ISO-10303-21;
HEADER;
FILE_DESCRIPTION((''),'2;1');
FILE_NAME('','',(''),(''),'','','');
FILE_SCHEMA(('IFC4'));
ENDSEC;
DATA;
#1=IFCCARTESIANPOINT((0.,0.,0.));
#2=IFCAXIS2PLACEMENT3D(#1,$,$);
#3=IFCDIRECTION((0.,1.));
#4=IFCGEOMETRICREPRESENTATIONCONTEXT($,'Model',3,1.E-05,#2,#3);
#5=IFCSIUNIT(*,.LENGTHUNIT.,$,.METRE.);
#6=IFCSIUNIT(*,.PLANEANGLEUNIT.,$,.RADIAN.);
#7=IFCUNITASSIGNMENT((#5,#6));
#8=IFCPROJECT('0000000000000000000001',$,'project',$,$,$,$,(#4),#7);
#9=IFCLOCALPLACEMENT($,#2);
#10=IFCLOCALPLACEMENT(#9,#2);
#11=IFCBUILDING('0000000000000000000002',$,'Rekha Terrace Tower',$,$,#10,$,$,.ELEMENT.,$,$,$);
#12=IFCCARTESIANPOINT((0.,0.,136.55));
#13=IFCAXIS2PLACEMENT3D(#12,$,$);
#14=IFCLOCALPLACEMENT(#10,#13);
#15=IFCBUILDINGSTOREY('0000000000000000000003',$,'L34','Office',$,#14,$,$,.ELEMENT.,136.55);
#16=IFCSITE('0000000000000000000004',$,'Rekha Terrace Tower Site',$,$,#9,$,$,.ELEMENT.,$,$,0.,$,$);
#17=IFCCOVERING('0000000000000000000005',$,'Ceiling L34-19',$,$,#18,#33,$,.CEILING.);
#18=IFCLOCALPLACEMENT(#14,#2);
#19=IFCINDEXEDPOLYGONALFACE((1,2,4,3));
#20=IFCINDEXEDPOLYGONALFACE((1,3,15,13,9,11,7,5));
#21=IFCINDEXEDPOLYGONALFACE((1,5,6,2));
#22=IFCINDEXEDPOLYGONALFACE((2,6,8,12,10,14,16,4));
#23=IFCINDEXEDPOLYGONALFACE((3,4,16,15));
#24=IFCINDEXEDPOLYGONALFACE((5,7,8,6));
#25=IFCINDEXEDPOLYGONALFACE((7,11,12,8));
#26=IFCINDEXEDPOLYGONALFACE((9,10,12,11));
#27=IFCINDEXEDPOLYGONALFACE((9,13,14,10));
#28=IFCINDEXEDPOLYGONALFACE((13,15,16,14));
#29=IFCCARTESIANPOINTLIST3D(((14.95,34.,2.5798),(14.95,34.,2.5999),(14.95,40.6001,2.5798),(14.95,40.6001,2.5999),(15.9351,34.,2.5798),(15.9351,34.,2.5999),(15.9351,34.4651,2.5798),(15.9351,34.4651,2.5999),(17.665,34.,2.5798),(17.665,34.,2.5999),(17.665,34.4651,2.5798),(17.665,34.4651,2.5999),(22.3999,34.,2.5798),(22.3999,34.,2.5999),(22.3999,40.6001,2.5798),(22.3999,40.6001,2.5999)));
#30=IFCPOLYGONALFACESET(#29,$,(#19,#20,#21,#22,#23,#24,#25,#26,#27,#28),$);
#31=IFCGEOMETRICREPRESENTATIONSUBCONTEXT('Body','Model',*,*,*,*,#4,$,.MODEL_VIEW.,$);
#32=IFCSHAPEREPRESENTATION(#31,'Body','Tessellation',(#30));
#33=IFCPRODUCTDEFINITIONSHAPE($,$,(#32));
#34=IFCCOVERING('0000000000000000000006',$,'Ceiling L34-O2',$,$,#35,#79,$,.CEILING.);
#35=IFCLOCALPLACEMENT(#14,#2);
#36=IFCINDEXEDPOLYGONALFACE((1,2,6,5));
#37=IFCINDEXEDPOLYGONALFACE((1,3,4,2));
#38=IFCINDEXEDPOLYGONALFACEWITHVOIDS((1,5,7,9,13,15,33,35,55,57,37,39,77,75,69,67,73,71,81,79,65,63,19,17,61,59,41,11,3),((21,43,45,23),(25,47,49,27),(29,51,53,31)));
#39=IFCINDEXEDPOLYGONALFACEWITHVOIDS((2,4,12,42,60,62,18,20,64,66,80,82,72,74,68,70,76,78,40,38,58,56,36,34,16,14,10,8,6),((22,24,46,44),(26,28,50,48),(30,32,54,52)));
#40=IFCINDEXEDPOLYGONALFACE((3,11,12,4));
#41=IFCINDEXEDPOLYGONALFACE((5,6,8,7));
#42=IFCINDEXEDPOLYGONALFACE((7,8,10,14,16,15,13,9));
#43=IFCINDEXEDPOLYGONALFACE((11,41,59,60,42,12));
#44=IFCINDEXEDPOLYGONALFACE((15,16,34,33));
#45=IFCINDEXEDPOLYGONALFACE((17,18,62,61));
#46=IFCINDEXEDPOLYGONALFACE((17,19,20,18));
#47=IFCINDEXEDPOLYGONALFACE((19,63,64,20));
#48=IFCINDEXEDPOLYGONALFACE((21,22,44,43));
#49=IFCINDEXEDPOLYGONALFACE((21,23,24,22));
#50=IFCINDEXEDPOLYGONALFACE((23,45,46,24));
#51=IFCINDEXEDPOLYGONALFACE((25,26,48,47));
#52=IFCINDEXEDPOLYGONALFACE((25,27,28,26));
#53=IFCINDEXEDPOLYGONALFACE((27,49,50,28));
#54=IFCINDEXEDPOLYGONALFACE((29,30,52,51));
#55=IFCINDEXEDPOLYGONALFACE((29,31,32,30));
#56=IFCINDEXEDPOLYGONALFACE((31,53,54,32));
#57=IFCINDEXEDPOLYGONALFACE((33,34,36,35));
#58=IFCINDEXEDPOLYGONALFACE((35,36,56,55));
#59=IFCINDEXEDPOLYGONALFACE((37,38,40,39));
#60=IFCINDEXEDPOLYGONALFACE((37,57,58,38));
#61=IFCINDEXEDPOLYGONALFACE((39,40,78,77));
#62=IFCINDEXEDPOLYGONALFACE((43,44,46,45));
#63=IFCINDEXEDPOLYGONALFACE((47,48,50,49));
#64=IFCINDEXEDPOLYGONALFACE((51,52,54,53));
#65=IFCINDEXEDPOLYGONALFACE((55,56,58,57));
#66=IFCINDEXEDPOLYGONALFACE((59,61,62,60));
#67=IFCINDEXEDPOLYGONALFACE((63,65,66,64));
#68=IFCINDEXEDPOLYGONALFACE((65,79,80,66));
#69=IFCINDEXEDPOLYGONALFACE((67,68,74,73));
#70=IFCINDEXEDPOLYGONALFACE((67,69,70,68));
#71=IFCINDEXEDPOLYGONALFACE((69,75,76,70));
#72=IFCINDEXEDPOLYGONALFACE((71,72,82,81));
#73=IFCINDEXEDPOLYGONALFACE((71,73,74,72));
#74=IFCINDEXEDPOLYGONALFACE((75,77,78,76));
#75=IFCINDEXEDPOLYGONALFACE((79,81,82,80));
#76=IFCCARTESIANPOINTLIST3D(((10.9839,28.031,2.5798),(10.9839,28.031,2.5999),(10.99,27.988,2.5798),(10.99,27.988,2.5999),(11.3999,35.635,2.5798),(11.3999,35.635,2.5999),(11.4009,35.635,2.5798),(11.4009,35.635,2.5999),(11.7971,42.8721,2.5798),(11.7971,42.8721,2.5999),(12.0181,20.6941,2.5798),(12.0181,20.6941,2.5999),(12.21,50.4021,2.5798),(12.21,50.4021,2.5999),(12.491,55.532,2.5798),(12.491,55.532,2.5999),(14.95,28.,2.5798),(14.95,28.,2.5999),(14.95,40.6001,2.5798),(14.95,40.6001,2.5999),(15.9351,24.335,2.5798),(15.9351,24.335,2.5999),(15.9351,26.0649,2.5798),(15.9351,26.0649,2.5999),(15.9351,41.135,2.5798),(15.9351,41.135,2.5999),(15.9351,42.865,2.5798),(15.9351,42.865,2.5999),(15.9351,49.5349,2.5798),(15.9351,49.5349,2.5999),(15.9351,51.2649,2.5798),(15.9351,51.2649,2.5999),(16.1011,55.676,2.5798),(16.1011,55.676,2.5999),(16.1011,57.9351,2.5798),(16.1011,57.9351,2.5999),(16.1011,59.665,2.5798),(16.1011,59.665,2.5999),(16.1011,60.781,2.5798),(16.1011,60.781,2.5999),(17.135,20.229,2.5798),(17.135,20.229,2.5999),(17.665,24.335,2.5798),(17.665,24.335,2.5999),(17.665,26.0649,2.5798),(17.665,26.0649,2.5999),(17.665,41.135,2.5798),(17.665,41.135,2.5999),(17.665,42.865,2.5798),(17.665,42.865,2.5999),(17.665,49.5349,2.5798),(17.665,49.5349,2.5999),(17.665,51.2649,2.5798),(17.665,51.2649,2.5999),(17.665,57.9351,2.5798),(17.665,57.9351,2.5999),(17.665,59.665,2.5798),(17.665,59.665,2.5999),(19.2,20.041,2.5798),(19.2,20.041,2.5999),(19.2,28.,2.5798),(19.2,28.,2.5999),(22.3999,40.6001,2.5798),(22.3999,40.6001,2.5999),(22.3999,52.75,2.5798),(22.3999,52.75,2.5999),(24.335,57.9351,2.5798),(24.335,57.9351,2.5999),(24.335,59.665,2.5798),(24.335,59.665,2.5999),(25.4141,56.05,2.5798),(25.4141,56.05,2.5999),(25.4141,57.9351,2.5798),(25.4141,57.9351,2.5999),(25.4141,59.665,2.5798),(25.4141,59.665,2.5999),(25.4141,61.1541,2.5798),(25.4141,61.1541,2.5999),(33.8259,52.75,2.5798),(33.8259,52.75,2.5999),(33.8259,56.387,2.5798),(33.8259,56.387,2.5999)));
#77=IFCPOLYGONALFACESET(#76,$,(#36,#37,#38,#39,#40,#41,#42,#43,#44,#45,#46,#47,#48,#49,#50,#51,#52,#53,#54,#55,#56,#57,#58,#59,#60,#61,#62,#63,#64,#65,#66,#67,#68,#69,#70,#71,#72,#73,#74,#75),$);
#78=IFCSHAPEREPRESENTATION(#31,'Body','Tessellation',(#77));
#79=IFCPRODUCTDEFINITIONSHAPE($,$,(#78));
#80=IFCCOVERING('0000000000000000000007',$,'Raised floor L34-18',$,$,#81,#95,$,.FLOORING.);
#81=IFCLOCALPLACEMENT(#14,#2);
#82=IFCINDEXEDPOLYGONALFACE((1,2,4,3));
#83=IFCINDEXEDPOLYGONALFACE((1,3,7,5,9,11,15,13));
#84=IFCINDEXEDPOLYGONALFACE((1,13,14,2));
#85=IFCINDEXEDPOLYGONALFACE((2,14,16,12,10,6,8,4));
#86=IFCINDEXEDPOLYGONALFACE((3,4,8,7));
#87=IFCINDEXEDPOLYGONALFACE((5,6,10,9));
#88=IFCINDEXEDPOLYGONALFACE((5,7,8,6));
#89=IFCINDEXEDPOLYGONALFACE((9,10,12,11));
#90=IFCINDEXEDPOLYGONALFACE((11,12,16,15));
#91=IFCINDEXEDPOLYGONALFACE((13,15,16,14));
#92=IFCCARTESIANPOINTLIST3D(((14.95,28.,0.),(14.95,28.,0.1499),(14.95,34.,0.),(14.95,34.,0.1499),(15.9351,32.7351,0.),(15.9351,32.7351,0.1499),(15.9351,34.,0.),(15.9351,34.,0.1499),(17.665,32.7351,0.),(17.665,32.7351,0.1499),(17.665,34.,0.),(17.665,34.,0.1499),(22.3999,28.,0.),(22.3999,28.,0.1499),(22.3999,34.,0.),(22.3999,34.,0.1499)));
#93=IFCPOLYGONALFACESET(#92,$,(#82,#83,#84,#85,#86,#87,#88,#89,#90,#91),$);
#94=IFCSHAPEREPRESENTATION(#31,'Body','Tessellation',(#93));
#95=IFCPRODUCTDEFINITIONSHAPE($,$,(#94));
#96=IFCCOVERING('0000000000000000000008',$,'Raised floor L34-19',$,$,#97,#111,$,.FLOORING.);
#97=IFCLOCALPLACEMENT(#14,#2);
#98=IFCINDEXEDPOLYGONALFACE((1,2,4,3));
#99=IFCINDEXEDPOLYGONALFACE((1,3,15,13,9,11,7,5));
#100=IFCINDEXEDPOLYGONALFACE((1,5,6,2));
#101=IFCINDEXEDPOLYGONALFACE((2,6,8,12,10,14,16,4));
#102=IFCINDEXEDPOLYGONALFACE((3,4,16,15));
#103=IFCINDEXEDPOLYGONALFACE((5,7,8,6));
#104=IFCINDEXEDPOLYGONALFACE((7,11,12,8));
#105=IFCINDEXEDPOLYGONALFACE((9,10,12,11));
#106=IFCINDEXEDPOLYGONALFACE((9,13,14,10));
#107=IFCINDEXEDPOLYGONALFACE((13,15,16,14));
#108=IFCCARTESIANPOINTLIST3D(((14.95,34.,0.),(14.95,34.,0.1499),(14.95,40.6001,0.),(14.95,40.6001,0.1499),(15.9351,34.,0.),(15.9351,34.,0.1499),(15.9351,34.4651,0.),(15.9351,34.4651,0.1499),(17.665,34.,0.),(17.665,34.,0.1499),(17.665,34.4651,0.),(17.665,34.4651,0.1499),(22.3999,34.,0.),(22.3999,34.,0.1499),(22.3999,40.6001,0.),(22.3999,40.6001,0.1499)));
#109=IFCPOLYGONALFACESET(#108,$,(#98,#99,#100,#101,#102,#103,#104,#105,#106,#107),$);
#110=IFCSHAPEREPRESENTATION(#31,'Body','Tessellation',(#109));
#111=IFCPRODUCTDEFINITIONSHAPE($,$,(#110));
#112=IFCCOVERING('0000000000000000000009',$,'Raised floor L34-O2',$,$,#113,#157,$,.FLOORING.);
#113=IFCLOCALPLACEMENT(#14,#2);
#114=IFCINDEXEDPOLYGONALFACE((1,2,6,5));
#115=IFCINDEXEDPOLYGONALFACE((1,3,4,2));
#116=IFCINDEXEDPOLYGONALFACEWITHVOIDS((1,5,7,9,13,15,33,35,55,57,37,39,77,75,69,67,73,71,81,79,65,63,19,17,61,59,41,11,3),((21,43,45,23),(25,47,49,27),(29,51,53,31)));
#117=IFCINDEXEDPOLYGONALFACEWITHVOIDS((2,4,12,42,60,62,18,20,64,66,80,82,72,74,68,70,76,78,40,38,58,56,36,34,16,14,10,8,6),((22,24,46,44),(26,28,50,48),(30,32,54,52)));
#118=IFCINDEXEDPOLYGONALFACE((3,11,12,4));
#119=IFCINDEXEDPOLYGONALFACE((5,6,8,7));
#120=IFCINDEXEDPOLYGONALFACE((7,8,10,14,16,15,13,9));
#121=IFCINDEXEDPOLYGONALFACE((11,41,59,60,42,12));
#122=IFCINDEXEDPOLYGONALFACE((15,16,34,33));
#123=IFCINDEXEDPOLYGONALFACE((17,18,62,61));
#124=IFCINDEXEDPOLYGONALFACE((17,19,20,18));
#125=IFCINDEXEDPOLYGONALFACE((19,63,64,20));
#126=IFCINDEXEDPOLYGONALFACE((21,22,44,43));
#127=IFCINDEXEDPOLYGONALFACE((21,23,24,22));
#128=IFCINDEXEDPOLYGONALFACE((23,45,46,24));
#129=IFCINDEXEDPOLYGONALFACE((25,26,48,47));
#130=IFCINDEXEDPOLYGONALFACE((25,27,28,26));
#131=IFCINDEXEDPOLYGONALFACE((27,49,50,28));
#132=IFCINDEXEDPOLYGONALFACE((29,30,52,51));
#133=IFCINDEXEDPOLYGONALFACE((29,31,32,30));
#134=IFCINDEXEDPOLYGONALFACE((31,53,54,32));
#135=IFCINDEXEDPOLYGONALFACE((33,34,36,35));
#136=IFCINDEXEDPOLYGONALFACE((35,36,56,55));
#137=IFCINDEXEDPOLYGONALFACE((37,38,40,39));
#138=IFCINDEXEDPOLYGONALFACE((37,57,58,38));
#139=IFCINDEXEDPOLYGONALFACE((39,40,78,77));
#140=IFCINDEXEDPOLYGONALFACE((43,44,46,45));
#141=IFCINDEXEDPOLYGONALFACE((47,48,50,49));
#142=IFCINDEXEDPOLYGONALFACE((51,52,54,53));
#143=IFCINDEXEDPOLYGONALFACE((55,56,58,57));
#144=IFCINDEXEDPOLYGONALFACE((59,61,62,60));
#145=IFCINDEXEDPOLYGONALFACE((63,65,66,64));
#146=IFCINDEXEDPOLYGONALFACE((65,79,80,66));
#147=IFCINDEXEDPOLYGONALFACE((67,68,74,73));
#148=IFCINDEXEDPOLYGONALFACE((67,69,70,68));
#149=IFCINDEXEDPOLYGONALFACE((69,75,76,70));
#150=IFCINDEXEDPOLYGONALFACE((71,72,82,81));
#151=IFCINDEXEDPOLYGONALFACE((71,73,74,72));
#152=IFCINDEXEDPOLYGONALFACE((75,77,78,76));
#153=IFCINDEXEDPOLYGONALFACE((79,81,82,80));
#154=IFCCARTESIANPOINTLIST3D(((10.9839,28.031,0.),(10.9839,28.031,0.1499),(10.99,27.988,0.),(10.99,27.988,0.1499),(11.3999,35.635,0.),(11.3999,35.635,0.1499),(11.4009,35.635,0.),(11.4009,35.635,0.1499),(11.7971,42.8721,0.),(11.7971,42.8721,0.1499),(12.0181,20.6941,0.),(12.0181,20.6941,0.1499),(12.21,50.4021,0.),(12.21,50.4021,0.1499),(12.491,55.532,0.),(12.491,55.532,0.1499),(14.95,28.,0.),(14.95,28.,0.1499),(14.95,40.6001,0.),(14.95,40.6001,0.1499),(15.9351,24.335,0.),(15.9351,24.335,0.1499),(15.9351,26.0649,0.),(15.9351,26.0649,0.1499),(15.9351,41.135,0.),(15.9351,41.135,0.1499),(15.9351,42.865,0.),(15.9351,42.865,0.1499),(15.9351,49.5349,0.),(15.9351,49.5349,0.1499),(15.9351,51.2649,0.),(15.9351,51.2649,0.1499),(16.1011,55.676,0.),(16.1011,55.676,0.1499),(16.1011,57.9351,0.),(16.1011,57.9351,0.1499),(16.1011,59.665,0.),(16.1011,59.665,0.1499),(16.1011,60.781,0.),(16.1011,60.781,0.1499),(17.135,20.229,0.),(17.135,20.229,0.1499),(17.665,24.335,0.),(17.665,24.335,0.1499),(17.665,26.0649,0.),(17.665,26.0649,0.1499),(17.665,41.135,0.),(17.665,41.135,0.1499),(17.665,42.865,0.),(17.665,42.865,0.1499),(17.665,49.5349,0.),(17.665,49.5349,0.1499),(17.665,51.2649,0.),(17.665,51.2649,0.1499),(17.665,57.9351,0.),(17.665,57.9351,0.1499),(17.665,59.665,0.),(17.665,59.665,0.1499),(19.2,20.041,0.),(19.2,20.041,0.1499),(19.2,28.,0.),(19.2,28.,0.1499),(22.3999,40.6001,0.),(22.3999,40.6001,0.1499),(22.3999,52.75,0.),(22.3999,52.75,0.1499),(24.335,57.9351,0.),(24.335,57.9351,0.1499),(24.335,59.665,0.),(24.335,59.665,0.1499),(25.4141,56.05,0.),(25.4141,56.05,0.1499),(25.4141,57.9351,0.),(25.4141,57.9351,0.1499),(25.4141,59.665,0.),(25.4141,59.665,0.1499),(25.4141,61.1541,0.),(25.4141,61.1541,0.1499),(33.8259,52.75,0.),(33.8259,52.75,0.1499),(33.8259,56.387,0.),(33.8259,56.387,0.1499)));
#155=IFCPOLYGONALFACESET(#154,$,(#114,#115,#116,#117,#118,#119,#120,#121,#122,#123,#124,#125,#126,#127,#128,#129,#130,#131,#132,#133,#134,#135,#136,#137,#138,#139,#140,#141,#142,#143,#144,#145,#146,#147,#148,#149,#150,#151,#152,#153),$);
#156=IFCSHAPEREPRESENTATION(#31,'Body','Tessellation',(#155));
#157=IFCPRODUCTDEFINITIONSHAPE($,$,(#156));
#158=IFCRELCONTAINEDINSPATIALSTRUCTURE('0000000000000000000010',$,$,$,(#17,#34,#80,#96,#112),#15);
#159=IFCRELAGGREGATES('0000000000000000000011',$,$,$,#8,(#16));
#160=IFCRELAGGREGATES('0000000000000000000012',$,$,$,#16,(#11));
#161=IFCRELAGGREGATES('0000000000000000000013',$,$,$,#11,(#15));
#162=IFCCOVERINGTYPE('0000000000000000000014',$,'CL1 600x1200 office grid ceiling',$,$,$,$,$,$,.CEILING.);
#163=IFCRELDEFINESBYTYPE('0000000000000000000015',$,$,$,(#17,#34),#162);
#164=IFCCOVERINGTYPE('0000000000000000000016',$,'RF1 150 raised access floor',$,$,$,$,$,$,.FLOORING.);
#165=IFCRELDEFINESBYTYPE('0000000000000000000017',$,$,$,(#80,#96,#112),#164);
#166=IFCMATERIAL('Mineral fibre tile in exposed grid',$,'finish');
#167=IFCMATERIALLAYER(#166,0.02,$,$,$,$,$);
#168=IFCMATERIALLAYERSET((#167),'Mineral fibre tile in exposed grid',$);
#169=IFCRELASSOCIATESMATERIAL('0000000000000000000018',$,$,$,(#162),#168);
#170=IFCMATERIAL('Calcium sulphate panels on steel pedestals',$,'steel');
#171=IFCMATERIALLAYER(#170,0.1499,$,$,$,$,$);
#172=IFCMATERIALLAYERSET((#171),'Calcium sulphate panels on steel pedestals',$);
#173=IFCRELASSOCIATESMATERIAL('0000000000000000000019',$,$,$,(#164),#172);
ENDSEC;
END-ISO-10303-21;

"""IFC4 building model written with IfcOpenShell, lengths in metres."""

from ifc_helpers import new_model, si_unit, direction, frame, origin, place, context, subcontext, project, spatial, polyline, outline, extrude, material, layer, layer_set, type_object, element, save


model = new_model("IFC4")

# Units and contexts
model_context = context("Model", 3, precision=1e-05, world=origin(), true_north=direction((0.0, 1.0)))
body_context = subcontext(model_context, "Body", "Model", "MODEL_VIEW")
ifc_project = project(units=[si_unit("LENGTHUNIT", "METRE"), si_unit("PLANEANGLEUNIT", "RADIAN")], contexts=[model_context])

# Site, building, storey
site_placement = place(None, origin())
site = spatial("IfcSite", under=ifc_project, at=site_placement, Name="Rekha Terrace Tower Site", CompositionType="ELEMENT", RefElevation=0.0)
building_placement = place(site_placement, origin())
building = spatial("IfcBuilding", under=site, at=building_placement, Name="Rekha Terrace Tower", CompositionType="ELEMENT")
storey_placement = place(building_placement, frame((0.0, 0.0, 136.55)))
storey = spatial("IfcBuildingStorey", under=building, at=storey_placement, Name="L34", Description="Office", CompositionType="ELEMENT", Elevation=136.55)

# Coverings
ifc_material_1 = material(Name="Mineral fibre tile in exposed grid", Category="finish")
ifc_layer_1 = layer(ifc_material_1, 0.02)
ifc_layer_set_1 = layer_set([ifc_layer_1], Name="Mineral fibre tile in exposed grid")
covering_type_1 = type_object("IfcCoveringType", Name="CL1 600x1200 office grid ceiling", PredefinedType="CEILING", material=ifc_layer_set_1)
covering_1_placement = place(storey_placement, frame((0.0, 0.0, 2.5798)))
element("IfcCovering", 1, at=covering_1_placement, inside=storey, type_object=covering_type_1, Name="Ceiling L34-19", PredefinedType="CEILING", context=body_context, shape_type="SweptSolid", body=[
    extrude(outline(polyline([(22.3999, 40.6001), (14.95, 40.6001), (14.95, 34.0), (15.9351, 34.0), (15.9351, 34.4651), (17.665, 34.4651), (17.665, 34.0), (22.3999, 34.0), (22.3999, 40.6001)])), origin(), (0.0, 0.0, 1.0), 0.02),
])
covering_2_placement = place(storey_placement, frame((0.0, 0.0, 2.5798)))
element("IfcCovering", 2, at=covering_2_placement, inside=storey, type_object=covering_type_1, Name="Ceiling L34-O2", PredefinedType="CEILING", context=body_context, shape_type="SweptSolid", body=[
    extrude(outline(polyline([(10.9839, 28.031), (10.99, 27.988), (12.0181, 20.6941), (17.135, 20.229), (19.2, 20.041), (19.2, 28.0), (14.95, 28.0), (14.95, 40.6001), (22.3999, 40.6001), (22.3999, 52.75), (33.8259, 52.75), (33.8259, 56.387), (25.4141, 56.05), (25.4141, 57.9351), (24.335, 57.9351), (24.335, 59.665), (25.4141, 59.665), (25.4141, 61.1541), (16.1011, 60.781), (16.1011, 59.665), (17.665, 59.665), (17.665, 57.9351), (16.1011, 57.9351), (16.1011, 55.676), (12.491, 55.532), (12.21, 50.4021), (11.7971, 42.8721), (11.4009, 35.635), (11.3999, 35.635), (10.9839, 28.031)]), holes=[polyline([(17.665, 26.0649), (17.665, 24.335), (15.9351, 24.335), (15.9351, 26.0649), (17.665, 26.0649)]), polyline([(17.665, 41.135), (15.9351, 41.135), (15.9351, 42.865), (17.665, 42.865), (17.665, 41.135)]), polyline([(17.665, 49.5349), (15.9351, 49.5349), (15.9351, 51.2649), (17.665, 51.2649), (17.665, 49.5349)])]), origin(), (0.0, 0.0, 1.0), 0.02),
])
ifc_material_2 = material(Name="Calcium sulphate panels on steel pedestals", Category="steel")
ifc_layer_2 = layer(ifc_material_2, 0.1499)
ifc_layer_set_2 = layer_set([ifc_layer_2], Name="Calcium sulphate panels on steel pedestals")
covering_type_2 = type_object("IfcCoveringType", Name="RF1 150 raised access floor", PredefinedType="FLOORING", material=ifc_layer_set_2)
covering_3_placement = place(storey_placement, origin())
element("IfcCovering", 3, at=covering_3_placement, inside=storey, type_object=covering_type_2, Name="Raised floor L34-18", PredefinedType="FLOORING", context=body_context, shape_type="SweptSolid", body=[
    extrude(outline(polyline([(15.9351, 34.0), (14.95, 34.0), (14.95, 28.0), (22.3999, 28.0), (22.3999, 34.0), (17.665, 34.0), (17.665, 32.7351), (15.9351, 32.7351), (15.9351, 34.0)])), origin(), (0.0, 0.0, 1.0), 0.1499),
])
covering_4_placement = place(storey_placement, origin())
element("IfcCovering", 4, at=covering_4_placement, inside=storey, type_object=covering_type_2, Name="Raised floor L34-19", PredefinedType="FLOORING", context=body_context, shape_type="SweptSolid", body=[
    extrude(outline(polyline([(22.3999, 40.6001), (14.95, 40.6001), (14.95, 34.0), (15.9351, 34.0), (15.9351, 34.4651), (17.665, 34.4651), (17.665, 34.0), (22.3999, 34.0), (22.3999, 40.6001)])), origin(), (0.0, 0.0, 1.0), 0.1499),
])
covering_5_placement = place(storey_placement, origin())
element("IfcCovering", 5, at=covering_5_placement, inside=storey, type_object=covering_type_2, Name="Raised floor L34-O2", PredefinedType="FLOORING", context=body_context, shape_type="SweptSolid", body=[
    extrude(outline(polyline([(10.9839, 28.031), (10.99, 27.988), (12.0181, 20.6941), (17.135, 20.229), (19.2, 20.041), (19.2, 28.0), (14.95, 28.0), (14.95, 40.6001), (22.3999, 40.6001), (22.3999, 52.75), (33.8259, 52.75), (33.8259, 56.387), (25.4141, 56.05), (25.4141, 57.9351), (24.335, 57.9351), (24.335, 59.665), (25.4141, 59.665), (25.4141, 61.1541), (16.1011, 60.781), (16.1011, 59.665), (17.665, 59.665), (17.665, 57.9351), (16.1011, 57.9351), (16.1011, 55.676), (12.491, 55.532), (12.21, 50.4021), (11.7971, 42.8721), (11.4009, 35.635), (11.3999, 35.635), (10.9839, 28.031)]), holes=[polyline([(17.665, 26.0649), (17.665, 24.335), (15.9351, 24.335), (15.9351, 26.0649), (17.665, 26.0649)]), polyline([(17.665, 41.135), (15.9351, 41.135), (15.9351, 42.865), (17.665, 42.865), (17.665, 41.135)]), polyline([(17.665, 49.5349), (15.9351, 49.5349), (15.9351, 51.2649), (17.665, 51.2649), (17.665, 49.5349)])]), origin(), (0.0, 0.0, 1.0), 0.1499),
])

save(model, "model.ifc")
